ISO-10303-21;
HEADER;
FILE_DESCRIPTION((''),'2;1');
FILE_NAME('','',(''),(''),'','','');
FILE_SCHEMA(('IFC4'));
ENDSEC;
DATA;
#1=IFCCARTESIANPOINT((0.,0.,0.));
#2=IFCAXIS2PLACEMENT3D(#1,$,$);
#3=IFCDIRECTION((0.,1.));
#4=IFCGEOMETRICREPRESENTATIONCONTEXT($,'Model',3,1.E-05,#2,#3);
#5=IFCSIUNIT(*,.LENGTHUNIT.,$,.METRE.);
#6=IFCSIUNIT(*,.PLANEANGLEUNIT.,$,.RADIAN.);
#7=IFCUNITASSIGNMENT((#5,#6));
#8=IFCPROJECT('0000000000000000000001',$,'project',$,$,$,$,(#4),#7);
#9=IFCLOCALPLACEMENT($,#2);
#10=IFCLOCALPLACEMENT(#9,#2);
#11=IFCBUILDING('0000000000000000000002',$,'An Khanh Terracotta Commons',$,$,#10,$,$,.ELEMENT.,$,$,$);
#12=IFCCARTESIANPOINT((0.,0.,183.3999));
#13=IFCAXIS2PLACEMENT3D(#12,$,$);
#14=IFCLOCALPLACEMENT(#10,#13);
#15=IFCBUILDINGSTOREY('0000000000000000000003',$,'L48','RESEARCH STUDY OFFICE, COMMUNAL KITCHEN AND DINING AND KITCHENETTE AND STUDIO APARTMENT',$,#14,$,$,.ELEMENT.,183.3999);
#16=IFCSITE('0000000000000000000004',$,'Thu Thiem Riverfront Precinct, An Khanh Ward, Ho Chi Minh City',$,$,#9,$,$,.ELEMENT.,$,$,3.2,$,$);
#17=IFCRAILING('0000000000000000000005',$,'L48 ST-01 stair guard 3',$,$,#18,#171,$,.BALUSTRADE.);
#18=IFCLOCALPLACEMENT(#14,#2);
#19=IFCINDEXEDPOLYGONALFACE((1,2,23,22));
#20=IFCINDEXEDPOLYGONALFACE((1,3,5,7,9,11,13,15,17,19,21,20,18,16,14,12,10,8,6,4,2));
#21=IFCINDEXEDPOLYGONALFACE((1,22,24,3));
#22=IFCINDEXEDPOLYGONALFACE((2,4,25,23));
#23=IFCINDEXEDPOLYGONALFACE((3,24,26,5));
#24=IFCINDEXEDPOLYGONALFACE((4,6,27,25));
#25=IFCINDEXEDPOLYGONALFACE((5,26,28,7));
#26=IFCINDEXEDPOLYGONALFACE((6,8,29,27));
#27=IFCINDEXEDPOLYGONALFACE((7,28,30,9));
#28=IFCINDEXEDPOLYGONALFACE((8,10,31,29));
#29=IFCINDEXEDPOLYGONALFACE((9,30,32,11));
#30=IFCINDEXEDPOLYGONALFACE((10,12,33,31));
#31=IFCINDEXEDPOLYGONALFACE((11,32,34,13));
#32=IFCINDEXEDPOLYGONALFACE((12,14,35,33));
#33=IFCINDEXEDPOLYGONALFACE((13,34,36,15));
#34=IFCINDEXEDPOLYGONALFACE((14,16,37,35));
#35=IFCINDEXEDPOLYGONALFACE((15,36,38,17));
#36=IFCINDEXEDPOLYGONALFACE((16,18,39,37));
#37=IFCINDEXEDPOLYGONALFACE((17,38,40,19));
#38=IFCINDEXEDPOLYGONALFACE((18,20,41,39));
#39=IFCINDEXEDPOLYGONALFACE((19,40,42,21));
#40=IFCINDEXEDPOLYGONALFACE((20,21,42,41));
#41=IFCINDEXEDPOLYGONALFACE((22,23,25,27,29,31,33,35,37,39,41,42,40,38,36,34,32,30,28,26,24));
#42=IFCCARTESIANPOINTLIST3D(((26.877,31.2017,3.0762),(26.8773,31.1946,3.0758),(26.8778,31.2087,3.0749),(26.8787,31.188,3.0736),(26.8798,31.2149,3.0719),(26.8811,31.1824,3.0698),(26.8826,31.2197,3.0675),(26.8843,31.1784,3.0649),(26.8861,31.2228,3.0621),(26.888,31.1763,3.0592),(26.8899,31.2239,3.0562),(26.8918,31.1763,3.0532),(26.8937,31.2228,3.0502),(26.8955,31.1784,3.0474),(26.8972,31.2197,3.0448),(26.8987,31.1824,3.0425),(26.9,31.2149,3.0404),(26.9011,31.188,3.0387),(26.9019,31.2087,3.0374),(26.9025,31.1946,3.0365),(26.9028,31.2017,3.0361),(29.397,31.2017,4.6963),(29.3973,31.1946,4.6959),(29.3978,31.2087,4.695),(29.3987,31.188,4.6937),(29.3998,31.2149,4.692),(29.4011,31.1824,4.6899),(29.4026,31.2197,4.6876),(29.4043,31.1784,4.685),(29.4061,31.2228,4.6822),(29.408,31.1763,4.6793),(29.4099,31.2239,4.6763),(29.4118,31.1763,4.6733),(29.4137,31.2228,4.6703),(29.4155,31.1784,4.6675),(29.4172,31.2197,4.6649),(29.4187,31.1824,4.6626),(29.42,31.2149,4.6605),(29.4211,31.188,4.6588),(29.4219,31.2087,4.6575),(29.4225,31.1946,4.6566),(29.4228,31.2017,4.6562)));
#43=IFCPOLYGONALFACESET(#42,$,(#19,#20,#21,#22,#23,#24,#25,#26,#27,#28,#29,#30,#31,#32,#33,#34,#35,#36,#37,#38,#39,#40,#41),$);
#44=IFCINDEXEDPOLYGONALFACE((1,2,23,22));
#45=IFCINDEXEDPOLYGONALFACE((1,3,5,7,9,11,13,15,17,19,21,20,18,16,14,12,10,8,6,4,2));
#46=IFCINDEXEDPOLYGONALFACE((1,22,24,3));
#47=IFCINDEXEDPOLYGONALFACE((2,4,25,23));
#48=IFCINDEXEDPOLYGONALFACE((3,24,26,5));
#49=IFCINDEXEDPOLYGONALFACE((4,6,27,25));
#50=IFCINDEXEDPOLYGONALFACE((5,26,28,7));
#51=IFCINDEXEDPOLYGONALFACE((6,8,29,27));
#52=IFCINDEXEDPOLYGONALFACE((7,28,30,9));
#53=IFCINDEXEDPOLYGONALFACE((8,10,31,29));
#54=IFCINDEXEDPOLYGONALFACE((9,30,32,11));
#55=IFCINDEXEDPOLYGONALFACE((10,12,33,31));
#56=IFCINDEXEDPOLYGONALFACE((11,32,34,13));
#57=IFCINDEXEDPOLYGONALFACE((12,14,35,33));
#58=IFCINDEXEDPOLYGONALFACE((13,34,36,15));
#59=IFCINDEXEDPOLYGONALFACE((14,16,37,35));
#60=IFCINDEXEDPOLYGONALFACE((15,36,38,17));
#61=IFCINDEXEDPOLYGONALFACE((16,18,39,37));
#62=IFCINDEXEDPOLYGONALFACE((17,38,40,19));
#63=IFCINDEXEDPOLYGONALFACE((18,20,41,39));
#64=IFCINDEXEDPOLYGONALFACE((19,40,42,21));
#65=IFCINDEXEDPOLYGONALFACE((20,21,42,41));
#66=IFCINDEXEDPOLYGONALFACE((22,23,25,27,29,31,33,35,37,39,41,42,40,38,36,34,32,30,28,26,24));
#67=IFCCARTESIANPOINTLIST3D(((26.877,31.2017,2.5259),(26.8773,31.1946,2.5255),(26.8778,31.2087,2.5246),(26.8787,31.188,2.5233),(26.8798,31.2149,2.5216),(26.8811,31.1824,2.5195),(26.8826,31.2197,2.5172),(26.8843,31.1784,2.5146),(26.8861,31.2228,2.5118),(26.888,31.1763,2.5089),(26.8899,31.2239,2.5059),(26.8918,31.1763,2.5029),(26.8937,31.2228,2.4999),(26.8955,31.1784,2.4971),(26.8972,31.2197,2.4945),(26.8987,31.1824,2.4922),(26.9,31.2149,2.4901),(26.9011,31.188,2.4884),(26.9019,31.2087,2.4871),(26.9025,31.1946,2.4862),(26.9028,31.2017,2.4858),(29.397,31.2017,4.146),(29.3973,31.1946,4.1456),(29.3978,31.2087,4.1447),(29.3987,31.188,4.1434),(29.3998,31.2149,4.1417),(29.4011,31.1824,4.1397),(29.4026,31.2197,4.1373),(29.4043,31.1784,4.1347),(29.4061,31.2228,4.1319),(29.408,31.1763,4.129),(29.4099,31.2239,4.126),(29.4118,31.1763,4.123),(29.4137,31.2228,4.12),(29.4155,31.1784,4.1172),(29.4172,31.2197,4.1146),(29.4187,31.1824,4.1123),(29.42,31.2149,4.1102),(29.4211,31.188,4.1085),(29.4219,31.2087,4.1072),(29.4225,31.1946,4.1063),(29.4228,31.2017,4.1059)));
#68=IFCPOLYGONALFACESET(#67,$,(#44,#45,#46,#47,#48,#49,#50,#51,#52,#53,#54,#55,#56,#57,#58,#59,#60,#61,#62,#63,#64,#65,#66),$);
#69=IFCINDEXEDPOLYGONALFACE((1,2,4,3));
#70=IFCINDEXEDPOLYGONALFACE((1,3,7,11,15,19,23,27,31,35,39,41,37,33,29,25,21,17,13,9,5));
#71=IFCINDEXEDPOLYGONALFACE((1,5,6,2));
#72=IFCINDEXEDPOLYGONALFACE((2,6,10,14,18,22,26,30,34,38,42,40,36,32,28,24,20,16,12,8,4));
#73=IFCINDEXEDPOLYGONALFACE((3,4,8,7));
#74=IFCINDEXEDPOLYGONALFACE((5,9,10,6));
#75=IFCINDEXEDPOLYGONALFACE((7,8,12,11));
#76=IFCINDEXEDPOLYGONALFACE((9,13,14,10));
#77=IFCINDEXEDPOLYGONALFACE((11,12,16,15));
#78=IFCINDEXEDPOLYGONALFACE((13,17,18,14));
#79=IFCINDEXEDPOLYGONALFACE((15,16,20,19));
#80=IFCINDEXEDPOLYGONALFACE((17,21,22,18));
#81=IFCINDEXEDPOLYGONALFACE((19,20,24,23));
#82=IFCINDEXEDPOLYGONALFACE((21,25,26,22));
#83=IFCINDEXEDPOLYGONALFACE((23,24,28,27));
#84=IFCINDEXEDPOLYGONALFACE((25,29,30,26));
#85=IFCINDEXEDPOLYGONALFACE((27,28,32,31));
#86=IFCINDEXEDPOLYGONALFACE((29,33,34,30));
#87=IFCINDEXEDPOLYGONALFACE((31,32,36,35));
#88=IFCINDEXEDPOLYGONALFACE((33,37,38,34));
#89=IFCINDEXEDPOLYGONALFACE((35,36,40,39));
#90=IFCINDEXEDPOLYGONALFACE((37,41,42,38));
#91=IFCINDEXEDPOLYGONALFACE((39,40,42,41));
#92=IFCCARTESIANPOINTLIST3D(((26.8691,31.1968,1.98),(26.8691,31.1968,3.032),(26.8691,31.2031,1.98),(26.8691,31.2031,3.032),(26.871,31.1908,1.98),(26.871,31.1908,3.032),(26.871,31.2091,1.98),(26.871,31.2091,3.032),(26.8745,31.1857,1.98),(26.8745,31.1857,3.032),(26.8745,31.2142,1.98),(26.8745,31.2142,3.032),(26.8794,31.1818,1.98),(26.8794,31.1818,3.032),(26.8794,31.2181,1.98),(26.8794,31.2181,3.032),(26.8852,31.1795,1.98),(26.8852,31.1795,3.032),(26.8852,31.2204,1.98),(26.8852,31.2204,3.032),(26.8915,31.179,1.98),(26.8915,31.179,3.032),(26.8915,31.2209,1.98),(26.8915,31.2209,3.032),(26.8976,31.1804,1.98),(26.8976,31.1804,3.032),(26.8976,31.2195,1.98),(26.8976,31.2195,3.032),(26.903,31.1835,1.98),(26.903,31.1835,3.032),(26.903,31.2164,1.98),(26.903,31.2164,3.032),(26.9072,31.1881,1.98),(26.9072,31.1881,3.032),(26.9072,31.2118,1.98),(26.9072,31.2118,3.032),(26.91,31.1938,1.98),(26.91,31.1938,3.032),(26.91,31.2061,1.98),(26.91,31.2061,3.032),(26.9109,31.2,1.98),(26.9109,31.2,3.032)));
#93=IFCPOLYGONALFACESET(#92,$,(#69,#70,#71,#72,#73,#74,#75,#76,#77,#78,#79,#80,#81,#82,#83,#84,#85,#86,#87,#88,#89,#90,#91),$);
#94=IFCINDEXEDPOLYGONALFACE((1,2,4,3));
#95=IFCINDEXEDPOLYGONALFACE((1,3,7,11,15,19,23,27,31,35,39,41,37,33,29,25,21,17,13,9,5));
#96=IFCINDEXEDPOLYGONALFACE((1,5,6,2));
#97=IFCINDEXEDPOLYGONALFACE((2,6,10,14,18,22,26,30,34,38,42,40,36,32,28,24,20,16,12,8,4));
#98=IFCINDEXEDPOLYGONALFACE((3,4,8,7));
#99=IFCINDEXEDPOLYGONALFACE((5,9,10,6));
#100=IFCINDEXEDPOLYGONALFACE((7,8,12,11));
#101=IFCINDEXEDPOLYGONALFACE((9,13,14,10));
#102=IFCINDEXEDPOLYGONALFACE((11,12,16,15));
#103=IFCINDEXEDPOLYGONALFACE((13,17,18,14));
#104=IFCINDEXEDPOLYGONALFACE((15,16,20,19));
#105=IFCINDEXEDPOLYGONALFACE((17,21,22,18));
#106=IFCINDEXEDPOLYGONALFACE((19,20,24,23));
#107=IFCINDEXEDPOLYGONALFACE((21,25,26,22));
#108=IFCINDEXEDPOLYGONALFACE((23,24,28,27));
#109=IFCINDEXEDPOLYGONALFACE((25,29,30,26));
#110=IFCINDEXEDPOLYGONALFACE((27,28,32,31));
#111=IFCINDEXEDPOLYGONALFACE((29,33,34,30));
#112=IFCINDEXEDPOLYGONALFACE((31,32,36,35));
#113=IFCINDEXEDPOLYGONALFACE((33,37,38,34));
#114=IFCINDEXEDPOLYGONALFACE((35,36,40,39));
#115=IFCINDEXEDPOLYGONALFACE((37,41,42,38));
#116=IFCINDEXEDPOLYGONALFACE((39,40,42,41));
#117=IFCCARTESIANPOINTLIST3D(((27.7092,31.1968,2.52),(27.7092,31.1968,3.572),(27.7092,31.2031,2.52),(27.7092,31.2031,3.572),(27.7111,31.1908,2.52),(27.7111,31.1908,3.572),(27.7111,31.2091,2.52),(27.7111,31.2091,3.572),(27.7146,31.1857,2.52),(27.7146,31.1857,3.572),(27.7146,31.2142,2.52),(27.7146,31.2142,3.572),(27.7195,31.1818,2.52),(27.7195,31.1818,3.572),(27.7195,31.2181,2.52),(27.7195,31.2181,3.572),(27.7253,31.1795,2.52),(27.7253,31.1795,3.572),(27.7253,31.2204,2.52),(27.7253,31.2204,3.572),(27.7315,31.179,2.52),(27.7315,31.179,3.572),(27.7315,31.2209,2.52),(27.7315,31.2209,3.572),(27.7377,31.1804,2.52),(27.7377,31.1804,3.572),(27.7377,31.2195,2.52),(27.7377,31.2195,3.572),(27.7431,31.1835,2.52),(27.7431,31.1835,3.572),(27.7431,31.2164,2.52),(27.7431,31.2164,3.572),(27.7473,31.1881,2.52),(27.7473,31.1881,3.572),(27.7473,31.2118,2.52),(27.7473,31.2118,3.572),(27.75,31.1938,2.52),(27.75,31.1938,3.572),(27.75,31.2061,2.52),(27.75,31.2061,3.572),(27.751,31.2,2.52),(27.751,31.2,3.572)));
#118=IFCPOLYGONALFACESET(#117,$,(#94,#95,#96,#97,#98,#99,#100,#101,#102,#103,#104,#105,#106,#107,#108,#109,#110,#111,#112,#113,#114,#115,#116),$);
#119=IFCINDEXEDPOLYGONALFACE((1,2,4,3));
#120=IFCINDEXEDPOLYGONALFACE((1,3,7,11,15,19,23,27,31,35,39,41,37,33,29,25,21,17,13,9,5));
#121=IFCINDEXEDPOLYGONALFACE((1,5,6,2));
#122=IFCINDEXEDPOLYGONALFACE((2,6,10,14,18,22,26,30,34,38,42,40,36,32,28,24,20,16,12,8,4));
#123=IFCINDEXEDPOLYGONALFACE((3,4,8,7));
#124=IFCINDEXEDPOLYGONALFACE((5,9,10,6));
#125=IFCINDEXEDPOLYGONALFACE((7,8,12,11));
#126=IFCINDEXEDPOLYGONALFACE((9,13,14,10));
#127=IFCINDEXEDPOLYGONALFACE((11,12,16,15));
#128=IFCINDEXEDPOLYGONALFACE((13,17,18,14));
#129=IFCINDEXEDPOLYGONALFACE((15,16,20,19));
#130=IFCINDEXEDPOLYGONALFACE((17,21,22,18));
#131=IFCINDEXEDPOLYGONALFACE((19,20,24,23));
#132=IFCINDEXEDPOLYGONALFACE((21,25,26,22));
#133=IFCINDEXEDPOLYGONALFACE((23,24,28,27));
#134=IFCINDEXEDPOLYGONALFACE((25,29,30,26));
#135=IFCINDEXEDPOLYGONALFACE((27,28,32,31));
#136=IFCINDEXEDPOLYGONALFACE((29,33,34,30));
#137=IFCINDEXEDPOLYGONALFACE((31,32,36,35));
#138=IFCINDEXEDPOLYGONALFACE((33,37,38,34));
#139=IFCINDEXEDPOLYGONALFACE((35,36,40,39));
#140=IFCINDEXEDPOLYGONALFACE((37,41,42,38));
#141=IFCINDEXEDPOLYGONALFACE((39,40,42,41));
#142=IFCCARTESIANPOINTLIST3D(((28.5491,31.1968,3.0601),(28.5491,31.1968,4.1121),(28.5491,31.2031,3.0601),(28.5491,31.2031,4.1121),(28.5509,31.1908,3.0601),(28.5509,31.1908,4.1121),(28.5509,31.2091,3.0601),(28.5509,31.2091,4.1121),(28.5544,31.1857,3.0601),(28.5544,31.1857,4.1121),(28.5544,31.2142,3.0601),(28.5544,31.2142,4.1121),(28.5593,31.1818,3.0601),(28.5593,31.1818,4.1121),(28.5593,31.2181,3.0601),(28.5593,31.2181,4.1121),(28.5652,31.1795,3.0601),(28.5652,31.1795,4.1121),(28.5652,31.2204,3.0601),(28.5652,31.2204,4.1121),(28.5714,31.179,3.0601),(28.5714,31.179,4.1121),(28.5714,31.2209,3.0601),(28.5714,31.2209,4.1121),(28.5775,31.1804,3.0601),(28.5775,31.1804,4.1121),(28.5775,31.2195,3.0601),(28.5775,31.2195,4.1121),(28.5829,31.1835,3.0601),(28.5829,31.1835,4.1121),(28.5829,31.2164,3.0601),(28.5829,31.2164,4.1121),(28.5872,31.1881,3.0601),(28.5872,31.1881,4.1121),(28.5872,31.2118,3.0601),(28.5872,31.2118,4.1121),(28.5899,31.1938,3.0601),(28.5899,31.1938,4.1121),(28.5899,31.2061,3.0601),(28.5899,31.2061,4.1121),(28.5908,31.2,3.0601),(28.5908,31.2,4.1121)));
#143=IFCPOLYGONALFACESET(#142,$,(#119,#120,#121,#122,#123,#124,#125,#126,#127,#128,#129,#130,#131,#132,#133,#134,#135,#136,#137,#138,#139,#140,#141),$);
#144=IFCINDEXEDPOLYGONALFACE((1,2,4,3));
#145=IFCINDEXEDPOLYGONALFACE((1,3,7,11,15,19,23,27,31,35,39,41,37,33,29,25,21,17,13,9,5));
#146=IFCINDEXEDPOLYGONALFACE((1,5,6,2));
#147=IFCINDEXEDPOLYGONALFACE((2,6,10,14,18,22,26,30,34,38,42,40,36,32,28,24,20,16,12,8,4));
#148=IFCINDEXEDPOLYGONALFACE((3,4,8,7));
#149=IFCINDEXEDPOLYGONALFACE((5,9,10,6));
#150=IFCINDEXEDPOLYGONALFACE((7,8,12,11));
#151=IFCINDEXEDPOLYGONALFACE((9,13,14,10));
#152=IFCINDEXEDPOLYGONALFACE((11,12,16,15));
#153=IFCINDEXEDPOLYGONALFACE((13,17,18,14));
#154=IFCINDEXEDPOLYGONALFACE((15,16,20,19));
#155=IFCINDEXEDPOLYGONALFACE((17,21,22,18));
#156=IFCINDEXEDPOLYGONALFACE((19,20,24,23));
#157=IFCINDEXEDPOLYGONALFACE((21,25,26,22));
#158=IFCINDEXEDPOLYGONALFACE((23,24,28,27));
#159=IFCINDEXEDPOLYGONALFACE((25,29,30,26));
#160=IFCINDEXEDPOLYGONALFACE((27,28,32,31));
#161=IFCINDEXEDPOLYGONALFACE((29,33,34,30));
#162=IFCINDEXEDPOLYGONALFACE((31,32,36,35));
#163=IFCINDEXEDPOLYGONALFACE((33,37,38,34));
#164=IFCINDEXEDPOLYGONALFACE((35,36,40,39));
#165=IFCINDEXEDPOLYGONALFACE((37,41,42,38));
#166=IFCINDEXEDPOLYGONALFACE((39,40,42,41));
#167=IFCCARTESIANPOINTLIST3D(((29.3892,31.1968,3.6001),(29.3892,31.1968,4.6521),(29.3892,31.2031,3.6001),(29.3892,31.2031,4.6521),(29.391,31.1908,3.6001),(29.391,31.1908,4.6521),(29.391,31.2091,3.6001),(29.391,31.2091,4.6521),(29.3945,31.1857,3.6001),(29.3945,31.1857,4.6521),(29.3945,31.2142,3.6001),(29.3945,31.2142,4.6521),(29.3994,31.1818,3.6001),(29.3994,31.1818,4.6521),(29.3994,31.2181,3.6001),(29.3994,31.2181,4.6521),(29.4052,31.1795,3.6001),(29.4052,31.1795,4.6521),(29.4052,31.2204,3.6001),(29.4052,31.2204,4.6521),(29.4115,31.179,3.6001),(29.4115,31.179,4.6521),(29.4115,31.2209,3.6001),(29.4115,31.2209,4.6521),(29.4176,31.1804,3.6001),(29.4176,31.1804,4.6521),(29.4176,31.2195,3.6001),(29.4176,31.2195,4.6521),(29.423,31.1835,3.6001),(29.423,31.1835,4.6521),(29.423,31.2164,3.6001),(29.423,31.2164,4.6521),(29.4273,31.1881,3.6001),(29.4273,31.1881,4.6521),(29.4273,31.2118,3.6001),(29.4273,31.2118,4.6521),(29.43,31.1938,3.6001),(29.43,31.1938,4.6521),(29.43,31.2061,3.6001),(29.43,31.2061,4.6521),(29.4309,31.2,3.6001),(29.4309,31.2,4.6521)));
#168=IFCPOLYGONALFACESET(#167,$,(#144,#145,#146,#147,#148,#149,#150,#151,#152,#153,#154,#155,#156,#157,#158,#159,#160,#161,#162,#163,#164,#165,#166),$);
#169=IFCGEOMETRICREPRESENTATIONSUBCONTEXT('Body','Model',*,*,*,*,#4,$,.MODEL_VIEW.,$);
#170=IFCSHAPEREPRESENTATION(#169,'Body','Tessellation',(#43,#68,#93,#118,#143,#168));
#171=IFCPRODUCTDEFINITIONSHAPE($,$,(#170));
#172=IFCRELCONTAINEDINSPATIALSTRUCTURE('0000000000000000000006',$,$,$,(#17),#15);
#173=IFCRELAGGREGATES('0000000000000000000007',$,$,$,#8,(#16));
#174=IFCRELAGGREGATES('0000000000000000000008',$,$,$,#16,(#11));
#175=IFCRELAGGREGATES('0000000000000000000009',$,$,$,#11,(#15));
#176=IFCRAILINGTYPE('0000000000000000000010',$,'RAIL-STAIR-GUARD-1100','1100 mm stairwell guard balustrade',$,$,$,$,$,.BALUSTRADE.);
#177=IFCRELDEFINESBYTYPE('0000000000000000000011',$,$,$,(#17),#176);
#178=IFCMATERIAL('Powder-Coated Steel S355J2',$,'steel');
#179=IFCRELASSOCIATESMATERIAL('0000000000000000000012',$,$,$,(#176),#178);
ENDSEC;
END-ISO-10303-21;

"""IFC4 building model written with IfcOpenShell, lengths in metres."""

from ifc_helpers import new_model, si_unit, direction, frame, origin, origin_2d, place, context, subcontext, project, spatial, circle, extrude, material, type_object, element, save


model = new_model("IFC4")

# Units and contexts
model_context = context("Model", 3, precision=1e-05, world=origin(), true_north=direction((0.0, 1.0)))
body_context = subcontext(model_context, "Body", "Model", "MODEL_VIEW")
ifc_project = project(units=[si_unit("LENGTHUNIT", "METRE"), si_unit("PLANEANGLEUNIT", "RADIAN")], contexts=[model_context])

# Site, building, storey
site_placement = place(None, origin())
site = spatial("IfcSite", under=ifc_project, at=site_placement, Name="Thu Thiem Riverfront Precinct, An Khanh Ward, Ho Chi Minh City", CompositionType="ELEMENT", RefElevation=3.2)
building_placement = place(site_placement, origin())
building = spatial("IfcBuilding", under=site, at=building_placement, Name="An Khanh Terracotta Commons", CompositionType="ELEMENT")
storey_placement = place(building_placement, frame((0.0, 0.0, 183.3999)))
storey = spatial("IfcBuildingStorey", under=building, at=storey_placement, Name="L48", Description="RESEARCH STUDY OFFICE, COMMUNAL KITCHEN AND DINING AND KITCHENETTE AND STUDIO APARTMENT", CompositionType="ELEMENT", Elevation=183.3999)

# Railing
ifc_material_1 = material(Name="Powder-Coated Steel S355J2", Category="steel")
railing_type_1 = type_object("IfcRailingType", Name="RAIL-STAIR-GUARD-1100", Description="1100 mm stairwell guard balustrade", PredefinedType="BALUSTRADE", material=ifc_material_1)
railing_1_placement = place(storey_placement, frame((26.8899, 31.2, 1.98)))
element("IfcRailing", 1, at=railing_1_placement, inside=storey, type_object=railing_type_1, Name="L48 ST-01 stair guard 3", PredefinedType="BALUSTRADE", context=body_context, shape_type="SweptSolid", body=[
    extrude(circle(Radius=0.0239, at=origin_2d()), frame((0.0, 0.0, 1.0762), z_axis=(0.841163, 0.0, 0.540782), x_axis=(0.0, 1.0, 0.0)), (0.0, 0.0, 1.0), 2.9958),
    extrude(circle(Radius=0.0239, at=origin_2d()), frame((0.0, 0.0, 0.5259), z_axis=(0.841163, 0.0, 0.540782), x_axis=(0.0, 1.0, 0.0)), (0.0, 0.0, 1.0), 2.9958),
    extrude(circle(Radius=0.021, at=origin_2d()), origin(), (0.0, 0.0, 1.0), 1.052),
    extrude(circle(Radius=0.021, at=origin_2d()), frame((0.8401, 0.0, 0.54)), (0.0, 0.0, 1.0), 1.052),
    extrude(circle(Radius=0.021, at=origin_2d()), frame((1.6799, 0.0, 1.0801)), (0.0, 0.0, 1.0), 1.052),
    extrude(circle(Radius=0.021, at=origin_2d()), frame((2.52, 0.0, 1.6201)), (0.0, 0.0, 1.0), 1.052),
])

save(model, "model.ifc")
